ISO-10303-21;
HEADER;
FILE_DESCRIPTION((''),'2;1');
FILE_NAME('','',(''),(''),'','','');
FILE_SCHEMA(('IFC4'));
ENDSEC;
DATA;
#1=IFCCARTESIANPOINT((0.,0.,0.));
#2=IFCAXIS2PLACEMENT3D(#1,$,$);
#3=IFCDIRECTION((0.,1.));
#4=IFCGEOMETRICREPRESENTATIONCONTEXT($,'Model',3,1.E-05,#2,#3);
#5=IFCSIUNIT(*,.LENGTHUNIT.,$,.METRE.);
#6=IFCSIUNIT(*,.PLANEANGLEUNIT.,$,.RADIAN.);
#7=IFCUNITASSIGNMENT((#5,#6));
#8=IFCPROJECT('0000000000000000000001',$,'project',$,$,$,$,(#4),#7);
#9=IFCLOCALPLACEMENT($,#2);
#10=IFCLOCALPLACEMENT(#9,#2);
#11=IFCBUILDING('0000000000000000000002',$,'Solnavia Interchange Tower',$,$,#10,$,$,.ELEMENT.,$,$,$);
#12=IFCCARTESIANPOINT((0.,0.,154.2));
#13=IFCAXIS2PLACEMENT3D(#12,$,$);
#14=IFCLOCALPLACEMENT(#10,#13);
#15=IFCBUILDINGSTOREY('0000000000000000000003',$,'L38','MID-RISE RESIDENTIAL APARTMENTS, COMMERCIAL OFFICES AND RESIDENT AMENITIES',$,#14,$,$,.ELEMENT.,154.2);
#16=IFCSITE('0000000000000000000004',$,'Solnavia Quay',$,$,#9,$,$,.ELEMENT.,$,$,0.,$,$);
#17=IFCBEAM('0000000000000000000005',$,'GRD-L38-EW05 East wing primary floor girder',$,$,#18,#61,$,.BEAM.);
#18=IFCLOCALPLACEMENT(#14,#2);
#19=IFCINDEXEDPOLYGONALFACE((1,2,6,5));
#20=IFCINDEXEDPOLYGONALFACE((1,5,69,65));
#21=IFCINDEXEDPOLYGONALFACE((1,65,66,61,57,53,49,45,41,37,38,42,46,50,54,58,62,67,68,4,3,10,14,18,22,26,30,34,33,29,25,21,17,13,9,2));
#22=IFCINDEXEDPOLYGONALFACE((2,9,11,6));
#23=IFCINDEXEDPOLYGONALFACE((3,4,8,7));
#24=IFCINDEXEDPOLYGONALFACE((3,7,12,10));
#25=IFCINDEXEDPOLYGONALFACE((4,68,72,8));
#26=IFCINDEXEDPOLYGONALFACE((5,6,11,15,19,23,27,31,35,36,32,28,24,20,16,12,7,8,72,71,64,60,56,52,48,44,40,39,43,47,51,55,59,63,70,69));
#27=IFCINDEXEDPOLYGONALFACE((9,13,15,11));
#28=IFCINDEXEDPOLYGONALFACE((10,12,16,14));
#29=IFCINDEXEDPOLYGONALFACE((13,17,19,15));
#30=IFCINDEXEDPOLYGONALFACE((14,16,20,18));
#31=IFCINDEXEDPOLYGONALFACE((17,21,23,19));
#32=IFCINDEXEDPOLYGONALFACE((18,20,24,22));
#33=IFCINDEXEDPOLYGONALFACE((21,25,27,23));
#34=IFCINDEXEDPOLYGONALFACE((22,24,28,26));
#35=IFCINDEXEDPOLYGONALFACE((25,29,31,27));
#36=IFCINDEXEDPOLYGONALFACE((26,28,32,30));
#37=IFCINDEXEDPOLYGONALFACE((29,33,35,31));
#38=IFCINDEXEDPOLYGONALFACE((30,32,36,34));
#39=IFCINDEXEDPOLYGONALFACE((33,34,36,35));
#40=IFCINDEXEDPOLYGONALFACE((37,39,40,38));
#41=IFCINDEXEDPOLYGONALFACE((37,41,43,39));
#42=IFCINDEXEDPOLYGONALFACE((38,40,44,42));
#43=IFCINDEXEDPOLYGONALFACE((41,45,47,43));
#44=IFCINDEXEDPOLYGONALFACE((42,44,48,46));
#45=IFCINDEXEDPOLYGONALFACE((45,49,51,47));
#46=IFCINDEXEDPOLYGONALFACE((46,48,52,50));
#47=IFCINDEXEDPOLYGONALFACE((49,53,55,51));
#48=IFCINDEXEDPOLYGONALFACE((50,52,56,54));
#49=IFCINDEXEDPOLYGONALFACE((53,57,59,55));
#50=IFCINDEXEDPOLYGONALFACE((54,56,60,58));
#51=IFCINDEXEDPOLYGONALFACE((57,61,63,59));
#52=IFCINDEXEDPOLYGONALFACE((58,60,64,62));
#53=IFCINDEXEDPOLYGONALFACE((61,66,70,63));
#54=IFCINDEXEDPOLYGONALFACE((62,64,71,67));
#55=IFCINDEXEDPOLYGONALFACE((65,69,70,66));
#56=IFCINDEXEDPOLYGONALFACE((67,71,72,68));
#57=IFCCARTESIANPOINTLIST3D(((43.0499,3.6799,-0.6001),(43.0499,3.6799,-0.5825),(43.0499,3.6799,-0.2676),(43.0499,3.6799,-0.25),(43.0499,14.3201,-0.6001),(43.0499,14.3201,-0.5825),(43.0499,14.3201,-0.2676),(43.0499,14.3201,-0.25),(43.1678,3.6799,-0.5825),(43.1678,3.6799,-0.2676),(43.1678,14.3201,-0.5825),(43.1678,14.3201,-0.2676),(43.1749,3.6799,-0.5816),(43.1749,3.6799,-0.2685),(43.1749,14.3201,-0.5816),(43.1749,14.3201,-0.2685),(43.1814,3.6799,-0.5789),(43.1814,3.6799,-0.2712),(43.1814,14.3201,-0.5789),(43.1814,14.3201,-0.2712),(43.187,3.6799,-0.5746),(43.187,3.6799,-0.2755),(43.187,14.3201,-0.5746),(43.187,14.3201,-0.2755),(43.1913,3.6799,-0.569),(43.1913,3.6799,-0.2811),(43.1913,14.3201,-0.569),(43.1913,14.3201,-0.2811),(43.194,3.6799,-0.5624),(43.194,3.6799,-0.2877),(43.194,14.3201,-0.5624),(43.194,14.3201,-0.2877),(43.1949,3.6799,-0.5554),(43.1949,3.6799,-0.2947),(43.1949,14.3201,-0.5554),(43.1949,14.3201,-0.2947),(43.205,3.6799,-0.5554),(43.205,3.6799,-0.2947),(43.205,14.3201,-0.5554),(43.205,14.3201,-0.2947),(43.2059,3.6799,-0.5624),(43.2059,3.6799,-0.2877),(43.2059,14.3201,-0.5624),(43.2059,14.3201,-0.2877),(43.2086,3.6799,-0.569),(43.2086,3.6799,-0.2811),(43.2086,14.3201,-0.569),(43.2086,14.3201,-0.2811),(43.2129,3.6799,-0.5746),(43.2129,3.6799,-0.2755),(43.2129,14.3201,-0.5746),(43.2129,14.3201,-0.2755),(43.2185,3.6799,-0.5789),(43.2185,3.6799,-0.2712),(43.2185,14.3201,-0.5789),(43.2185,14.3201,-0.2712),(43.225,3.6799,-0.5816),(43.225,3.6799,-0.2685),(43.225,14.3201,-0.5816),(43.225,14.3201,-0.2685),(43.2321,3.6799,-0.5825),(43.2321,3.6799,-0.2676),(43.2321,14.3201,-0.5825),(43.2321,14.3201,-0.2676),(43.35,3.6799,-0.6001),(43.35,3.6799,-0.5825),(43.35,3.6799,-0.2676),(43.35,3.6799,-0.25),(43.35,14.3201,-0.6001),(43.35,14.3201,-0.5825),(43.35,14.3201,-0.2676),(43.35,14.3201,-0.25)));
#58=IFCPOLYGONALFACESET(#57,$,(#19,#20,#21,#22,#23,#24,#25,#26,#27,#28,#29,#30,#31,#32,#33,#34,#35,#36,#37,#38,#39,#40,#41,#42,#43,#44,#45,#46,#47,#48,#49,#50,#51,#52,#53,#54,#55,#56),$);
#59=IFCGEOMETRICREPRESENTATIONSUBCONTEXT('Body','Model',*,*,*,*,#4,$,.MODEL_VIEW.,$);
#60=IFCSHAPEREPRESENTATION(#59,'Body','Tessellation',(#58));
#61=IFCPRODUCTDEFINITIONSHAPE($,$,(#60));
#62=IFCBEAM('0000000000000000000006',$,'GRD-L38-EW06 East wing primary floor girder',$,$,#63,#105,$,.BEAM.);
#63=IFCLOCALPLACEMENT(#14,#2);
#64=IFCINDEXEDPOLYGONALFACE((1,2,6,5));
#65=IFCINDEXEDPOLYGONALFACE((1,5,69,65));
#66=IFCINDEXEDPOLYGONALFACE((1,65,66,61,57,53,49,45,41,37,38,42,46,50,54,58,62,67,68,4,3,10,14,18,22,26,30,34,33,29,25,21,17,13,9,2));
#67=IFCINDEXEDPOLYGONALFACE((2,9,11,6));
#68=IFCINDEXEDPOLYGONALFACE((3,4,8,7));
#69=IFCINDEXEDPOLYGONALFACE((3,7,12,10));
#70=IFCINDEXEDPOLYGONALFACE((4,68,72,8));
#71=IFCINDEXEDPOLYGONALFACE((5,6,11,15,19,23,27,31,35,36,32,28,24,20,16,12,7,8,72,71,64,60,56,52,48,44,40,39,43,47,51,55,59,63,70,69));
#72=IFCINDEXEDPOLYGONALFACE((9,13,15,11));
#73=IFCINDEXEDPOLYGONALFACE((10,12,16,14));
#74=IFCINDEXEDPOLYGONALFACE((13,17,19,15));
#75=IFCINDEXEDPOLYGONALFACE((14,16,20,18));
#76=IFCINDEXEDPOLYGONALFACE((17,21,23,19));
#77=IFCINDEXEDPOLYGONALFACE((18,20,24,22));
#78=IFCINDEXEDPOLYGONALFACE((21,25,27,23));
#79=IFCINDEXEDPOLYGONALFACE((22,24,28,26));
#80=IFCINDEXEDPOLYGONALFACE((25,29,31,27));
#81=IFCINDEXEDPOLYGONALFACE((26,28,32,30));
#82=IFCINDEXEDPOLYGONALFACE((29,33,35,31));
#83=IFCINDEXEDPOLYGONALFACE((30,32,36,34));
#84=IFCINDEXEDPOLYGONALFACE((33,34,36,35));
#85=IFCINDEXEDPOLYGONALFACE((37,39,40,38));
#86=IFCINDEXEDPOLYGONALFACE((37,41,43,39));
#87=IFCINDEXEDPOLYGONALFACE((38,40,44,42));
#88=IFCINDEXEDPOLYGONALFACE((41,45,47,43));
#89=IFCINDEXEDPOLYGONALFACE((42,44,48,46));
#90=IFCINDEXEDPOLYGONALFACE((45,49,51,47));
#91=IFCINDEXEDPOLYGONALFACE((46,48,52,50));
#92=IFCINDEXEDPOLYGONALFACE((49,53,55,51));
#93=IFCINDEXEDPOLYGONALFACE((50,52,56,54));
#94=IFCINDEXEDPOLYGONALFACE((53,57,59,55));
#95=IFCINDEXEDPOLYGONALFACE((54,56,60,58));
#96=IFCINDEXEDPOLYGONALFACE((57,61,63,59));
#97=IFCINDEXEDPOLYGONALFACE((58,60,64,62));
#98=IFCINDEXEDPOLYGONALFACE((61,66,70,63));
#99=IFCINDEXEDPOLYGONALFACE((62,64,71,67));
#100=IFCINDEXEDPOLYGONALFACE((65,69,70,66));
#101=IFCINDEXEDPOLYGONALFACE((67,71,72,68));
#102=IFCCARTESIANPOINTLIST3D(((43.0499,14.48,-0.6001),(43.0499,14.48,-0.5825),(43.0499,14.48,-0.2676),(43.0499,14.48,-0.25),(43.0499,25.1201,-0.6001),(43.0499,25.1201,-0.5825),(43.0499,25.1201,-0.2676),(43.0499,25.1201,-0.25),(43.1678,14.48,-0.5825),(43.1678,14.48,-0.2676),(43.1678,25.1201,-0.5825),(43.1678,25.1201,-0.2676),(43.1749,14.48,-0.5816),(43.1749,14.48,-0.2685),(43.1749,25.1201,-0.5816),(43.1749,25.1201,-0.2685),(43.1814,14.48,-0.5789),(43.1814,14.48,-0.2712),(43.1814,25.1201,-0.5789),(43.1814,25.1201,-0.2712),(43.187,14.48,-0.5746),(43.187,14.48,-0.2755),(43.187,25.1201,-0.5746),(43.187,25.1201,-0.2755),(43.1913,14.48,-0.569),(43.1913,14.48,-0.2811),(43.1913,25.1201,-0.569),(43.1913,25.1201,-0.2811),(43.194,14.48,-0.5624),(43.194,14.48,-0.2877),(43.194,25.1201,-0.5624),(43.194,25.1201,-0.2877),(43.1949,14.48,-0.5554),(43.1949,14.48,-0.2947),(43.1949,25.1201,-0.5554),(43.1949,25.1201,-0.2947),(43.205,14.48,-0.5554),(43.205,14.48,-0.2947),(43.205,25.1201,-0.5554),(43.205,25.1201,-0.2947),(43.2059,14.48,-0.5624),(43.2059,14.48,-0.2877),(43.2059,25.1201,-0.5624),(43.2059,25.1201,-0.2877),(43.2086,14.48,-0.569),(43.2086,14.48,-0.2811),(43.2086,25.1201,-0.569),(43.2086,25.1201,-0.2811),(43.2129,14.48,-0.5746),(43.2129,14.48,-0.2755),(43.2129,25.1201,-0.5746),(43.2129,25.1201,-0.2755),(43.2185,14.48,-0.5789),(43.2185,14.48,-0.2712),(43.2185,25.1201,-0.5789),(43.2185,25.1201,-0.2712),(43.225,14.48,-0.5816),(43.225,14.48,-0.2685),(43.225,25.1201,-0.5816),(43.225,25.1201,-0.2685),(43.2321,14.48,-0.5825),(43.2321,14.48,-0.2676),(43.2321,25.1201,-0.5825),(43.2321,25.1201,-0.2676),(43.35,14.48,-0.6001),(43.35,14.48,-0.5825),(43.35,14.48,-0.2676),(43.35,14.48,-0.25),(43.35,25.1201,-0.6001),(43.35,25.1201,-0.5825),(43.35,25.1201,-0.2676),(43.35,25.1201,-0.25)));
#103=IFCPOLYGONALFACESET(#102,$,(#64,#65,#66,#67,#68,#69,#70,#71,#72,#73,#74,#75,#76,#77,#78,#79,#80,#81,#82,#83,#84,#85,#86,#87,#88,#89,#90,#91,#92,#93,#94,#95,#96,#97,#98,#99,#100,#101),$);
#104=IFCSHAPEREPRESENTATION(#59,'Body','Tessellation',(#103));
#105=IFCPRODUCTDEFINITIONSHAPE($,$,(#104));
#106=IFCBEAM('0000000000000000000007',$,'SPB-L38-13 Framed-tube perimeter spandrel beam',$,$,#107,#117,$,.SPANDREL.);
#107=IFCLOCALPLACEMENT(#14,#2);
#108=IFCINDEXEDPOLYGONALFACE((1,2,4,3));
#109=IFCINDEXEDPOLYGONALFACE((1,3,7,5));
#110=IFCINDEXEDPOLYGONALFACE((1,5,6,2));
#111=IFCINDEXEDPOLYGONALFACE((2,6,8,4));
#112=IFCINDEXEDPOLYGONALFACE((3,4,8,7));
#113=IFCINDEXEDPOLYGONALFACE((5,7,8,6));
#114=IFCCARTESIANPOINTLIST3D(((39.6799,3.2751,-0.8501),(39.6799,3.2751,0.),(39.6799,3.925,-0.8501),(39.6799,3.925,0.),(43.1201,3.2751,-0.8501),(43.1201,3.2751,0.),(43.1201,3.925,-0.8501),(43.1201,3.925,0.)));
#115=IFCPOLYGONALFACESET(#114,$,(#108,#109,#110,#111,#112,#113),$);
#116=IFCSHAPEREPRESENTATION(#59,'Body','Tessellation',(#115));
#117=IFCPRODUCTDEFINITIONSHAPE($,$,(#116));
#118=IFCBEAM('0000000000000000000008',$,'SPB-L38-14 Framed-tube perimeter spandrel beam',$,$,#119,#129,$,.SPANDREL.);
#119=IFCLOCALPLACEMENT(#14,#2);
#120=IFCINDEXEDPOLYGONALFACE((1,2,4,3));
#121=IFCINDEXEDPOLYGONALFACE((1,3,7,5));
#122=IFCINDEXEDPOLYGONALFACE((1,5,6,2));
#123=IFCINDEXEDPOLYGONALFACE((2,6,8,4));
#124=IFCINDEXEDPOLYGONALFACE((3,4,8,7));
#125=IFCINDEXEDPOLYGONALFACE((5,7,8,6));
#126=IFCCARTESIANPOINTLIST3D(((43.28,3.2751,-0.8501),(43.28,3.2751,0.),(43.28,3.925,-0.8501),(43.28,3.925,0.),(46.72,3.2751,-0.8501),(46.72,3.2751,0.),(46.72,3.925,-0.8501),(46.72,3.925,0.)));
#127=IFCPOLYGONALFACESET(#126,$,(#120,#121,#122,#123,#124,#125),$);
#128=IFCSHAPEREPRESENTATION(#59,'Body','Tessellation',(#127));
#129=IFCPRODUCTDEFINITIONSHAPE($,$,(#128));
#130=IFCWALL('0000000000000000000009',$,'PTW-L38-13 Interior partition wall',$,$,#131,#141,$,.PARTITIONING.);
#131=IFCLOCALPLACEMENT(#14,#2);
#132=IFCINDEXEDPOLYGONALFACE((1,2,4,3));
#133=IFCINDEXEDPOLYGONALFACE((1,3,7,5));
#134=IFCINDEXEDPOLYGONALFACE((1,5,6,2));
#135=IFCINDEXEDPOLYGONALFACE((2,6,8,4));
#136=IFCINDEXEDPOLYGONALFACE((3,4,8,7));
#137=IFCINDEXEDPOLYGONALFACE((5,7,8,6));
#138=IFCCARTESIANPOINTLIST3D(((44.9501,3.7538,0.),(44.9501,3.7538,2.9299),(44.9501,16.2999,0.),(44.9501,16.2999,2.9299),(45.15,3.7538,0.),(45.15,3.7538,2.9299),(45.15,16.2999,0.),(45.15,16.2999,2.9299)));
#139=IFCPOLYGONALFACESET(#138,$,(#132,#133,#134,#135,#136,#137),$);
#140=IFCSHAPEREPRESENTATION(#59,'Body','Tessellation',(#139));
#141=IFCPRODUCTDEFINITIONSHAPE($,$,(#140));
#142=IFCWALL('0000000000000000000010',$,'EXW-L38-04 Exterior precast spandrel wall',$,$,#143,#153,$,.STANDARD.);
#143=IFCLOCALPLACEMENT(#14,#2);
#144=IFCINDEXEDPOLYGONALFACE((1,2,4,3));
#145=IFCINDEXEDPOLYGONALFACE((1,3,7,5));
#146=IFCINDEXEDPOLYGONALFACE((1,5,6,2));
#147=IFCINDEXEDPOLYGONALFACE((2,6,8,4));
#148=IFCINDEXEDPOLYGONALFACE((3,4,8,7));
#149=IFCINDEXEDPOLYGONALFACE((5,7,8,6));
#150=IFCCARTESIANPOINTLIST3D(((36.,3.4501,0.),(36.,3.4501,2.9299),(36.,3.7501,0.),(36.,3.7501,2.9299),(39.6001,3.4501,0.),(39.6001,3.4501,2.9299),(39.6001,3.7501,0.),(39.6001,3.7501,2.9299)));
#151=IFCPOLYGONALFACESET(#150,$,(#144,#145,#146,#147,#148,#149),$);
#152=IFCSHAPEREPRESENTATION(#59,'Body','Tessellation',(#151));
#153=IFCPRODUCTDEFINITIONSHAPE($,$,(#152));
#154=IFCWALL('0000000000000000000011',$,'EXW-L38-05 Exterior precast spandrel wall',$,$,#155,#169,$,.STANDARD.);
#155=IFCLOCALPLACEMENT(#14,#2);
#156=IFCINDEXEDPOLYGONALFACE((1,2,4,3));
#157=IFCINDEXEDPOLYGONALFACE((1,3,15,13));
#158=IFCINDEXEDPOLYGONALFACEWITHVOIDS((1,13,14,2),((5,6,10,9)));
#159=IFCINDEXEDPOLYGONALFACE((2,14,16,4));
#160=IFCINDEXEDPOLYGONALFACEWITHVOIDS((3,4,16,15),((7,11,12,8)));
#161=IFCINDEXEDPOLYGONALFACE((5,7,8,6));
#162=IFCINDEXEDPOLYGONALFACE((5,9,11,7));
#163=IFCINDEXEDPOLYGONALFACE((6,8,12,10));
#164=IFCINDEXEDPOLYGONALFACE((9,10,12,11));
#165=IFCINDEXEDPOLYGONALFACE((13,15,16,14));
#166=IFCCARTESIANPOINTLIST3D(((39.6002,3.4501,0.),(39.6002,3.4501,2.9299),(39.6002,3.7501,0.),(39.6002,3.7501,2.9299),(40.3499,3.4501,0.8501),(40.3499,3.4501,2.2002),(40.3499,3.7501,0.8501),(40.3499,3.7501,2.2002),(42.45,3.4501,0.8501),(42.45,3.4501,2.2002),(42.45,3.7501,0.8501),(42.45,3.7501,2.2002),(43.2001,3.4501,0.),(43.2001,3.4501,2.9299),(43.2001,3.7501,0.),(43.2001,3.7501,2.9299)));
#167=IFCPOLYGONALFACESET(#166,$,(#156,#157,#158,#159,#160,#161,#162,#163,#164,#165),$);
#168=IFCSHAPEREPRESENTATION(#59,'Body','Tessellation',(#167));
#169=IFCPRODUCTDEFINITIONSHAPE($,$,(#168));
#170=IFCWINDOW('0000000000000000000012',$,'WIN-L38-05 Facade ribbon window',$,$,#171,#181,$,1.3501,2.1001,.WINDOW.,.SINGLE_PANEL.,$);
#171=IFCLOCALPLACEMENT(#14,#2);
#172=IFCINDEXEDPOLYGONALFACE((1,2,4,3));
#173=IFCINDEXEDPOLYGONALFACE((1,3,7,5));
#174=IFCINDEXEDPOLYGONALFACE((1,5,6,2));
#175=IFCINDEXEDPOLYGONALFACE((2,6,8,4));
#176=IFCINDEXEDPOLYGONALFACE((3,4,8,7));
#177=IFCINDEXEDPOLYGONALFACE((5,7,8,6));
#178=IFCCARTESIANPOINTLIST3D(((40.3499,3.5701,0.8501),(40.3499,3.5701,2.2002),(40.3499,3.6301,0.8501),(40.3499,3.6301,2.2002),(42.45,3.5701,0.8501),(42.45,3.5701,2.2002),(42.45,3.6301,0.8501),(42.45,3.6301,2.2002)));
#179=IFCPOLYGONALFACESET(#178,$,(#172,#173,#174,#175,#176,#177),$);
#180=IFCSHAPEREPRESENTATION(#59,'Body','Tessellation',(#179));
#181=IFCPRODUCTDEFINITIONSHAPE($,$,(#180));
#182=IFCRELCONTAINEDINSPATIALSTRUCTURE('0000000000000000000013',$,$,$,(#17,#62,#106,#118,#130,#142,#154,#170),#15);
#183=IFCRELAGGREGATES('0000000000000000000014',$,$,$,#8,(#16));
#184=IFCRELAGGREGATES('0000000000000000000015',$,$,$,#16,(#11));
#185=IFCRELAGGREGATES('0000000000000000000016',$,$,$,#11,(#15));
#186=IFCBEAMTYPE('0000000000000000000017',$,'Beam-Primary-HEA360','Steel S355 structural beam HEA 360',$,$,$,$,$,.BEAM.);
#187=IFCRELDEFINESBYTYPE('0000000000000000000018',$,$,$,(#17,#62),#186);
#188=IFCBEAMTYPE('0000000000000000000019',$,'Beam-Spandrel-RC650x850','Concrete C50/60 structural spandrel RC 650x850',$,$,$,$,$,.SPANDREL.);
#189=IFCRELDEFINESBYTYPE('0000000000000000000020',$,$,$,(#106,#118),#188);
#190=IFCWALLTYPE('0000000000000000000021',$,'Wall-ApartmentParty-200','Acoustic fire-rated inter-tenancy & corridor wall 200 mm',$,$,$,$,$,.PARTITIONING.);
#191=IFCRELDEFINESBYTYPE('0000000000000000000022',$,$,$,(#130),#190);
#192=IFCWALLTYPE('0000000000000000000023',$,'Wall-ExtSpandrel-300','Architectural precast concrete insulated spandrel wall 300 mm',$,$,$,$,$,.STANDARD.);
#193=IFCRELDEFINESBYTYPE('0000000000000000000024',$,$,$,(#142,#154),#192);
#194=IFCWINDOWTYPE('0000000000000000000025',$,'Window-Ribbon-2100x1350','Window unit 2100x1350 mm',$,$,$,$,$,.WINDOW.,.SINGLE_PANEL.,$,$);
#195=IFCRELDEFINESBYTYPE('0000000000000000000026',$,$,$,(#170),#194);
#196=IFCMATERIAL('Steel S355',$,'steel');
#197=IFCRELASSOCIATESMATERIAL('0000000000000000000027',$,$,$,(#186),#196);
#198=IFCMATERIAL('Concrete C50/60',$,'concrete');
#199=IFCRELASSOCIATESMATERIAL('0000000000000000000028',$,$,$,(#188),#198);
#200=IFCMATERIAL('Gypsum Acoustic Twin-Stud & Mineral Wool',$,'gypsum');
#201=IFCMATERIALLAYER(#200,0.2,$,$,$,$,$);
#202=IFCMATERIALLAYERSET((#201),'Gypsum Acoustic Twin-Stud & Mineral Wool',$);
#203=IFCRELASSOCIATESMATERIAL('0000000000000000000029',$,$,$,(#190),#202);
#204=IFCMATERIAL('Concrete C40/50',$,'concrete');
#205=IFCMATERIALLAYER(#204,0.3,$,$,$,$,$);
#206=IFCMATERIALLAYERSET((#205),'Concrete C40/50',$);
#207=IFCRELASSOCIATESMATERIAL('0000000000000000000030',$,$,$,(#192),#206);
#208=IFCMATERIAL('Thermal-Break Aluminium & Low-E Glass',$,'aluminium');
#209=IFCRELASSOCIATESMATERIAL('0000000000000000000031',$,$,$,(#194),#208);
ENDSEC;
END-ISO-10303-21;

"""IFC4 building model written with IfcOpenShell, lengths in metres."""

from ifc_helpers import new_model, si_unit, direction, frame, frame_2d, origin, origin_2d, place, context, subcontext, project, spatial, rectangle, i_section, extrude, material, layer, layer_set, material_profile, profile_set, type_object, element, fill, save


model = new_model("IFC4")

# Units and contexts
model_context = context("Model", 3, precision=1e-05, world=origin(), true_north=direction((0.0, 1.0)))
body_context = subcontext(model_context, "Body", "Model", "MODEL_VIEW")
ifc_project = project(units=[si_unit("LENGTHUNIT", "METRE"), si_unit("PLANEANGLEUNIT", "RADIAN")], contexts=[model_context])

# Site, building, storey
site_placement = place(None, origin())
site = spatial("IfcSite", under=ifc_project, at=site_placement, Name="Solnavia Quay", CompositionType="ELEMENT", RefElevation=0.0)
building_placement = place(site_placement, origin())
building = spatial("IfcBuilding", under=site, at=building_placement, Name="Solnavia Interchange Tower", CompositionType="ELEMENT")
storey_placement = place(building_placement, frame((0.0, 0.0, 154.2)))
storey = spatial("IfcBuildingStorey", under=building, at=storey_placement, Name="L38", Description="MID-RISE RESIDENTIAL APARTMENTS, COMMERCIAL OFFICES AND RESIDENT AMENITIES", CompositionType="ELEMENT", Elevation=154.2)

# Shared definitions
ifc_material_1 = material(Name="Concrete C50/60", Category="concrete")
ifc_material_2 = material(Name="Steel S355", Category="steel")

# Beams
ifc_material_profile_1 = material_profile(ifc_material_2, i_section(OverallWidth=0.3, OverallDepth=0.3501, WebThickness=0.01, FlangeThickness=0.0176, FilletRadius=0.0271, at=origin_2d()), Name="HEA 360")
ifc_profile_set_1 = profile_set([ifc_material_profile_1], Name="Steel S355")
beam_type_1 = type_object("IfcBeamType", Name="Beam-Primary-HEA360", Description="Steel S355 structural beam HEA 360", PredefinedType="BEAM", material=ifc_profile_set_1)
for number, where, z_axis, x_axis, name in (
    (1, (43.2, 3.6799, -0.425), (0.0, 1.0, 0.0), (-1.0, 0.0, 0.0), "GRD-L38-EW05 East wing primary floor girder"),
    (2, (43.2, 14.48, -0.425), (0.0, 1.0, 0.0), (-1.0, 0.0, 0.0), "GRD-L38-EW06 East wing primary floor girder"),
):
    element("IfcBeam", number, at=place(storey_placement, frame(where, z_axis=z_axis, x_axis=x_axis)), inside=storey, type_object=beam_type_1, Name=name, PredefinedType="BEAM", context=body_context, shape_type="SweptSolid", body=[
        extrude(i_section(OverallWidth=0.3, OverallDepth=0.3501, WebThickness=0.01, FlangeThickness=0.0176, FilletRadius=0.0271, at=origin_2d()), origin(), (0.0, 0.0, 1.0), 10.6401),
    ])
ifc_material_profile_2 = material_profile(ifc_material_1, rectangle(XDim=0.6499, YDim=0.8501, at=origin_2d()), Name="RC 650x850")
ifc_profile_set_2 = profile_set([ifc_material_profile_2], Name="Concrete C50/60")
beam_type_2 = type_object("IfcBeamType", Name="Beam-Spandrel-RC650x850", Description="Concrete C50/60 structural spandrel RC 650x850", PredefinedType="SPANDREL", material=ifc_profile_set_2)
beam_1_placement = place(storey_placement, frame((39.6799, 3.6001, -0.425), z_axis=(1.0, 0.0, 0.0), x_axis=(0.0, 1.0, 0.0)))
element("IfcBeam", 3, at=beam_1_placement, inside=storey, type_object=beam_type_2, Name="SPB-L38-13 Framed-tube perimeter spandrel beam", PredefinedType="SPANDREL", context=body_context, shape_type="SweptSolid", body=[
    extrude(rectangle(XDim=0.6499, YDim=0.8501, at=origin_2d()), origin(), (0.0, 0.0, 1.0), 3.4402),
])
beam_2_placement = place(storey_placement, frame((43.28, 3.6001, -0.425), z_axis=(1.0, 0.0, 0.0), x_axis=(0.0, 1.0, 0.0)))
element("IfcBeam", 4, at=beam_2_placement, inside=storey, type_object=beam_type_2, Name="SPB-L38-14 Framed-tube perimeter spandrel beam", PredefinedType="SPANDREL", context=body_context, shape_type="SweptSolid", body=[
    extrude(rectangle(XDim=0.6499, YDim=0.8501, at=origin_2d()), origin(), (0.0, 0.0, 1.0), 3.4399),
])

# Walls
ifc_material_3 = material(Name="Gypsum Acoustic Twin-Stud & Mineral Wool", Category="gypsum")
ifc_layer_1 = layer(ifc_material_3, 0.2)
ifc_layer_set_1 = layer_set([ifc_layer_1], Name="Gypsum Acoustic Twin-Stud & Mineral Wool")
wall_type_1 = type_object("IfcWallType", Name="Wall-ApartmentParty-200", Description="Acoustic fire-rated inter-tenancy & corridor wall 200 mm", PredefinedType="PARTITIONING", material=ifc_layer_set_1)
wall_1_placement = place(storey_placement, frame((45.05, 3.7539, 0.0), z_axis=(0.0, 0.0, 1.0), x_axis=(0.0, 1.0, 0.0)))
element("IfcWall", 5, at=wall_1_placement, inside=storey, type_object=wall_type_1, Name="PTW-L38-13 Interior partition wall", PredefinedType="PARTITIONING", context=body_context, shape_type="SweptSolid", body=[
    extrude(rectangle(XDim=12.5461, YDim=0.2, at=frame_2d((6.2729, 0.0))), origin(), (0.0, 0.0, 1.0), 2.9299),
])
ifc_material_4 = material(Name="Concrete C40/50", Category="concrete")
ifc_layer_2 = layer(ifc_material_4, 0.3)
ifc_layer_set_2 = layer_set([ifc_layer_2], Name="Concrete C40/50")
wall_type_2 = type_object("IfcWallType", Name="Wall-ExtSpandrel-300", Description="Architectural precast concrete insulated spandrel wall 300 mm", PredefinedType="STANDARD", material=ifc_layer_set_2)
wall_2_placement = place(storey_placement, frame((39.6001, 3.6001, 0.0), z_axis=(0.0, 0.0, 1.0), x_axis=(-1.0, 0.0, 0.0)))
element("IfcWall", 6, at=wall_2_placement, inside=storey, type_object=wall_type_2, Name="EXW-L38-04 Exterior precast spandrel wall", PredefinedType="STANDARD", context=body_context, shape_type="SweptSolid", body=[
    extrude(rectangle(XDim=3.6001, YDim=0.3, at=frame_2d((1.8, 0.0))), origin(), (0.0, 0.0, 1.0), 2.9299),
])

# Wall, opening, window
wall_3_placement = place(storey_placement, frame((43.2, 3.6001, 0.0), z_axis=(0.0, 0.0, 1.0), x_axis=(-1.0, 0.0, 0.0)))
wall_3 = element("IfcWall", 7, at=wall_3_placement, inside=storey, type_object=wall_type_2, Name="EXW-L38-05 Exterior precast spandrel wall", PredefinedType="STANDARD", context=body_context, shape_type="SweptSolid", body=[
    extrude(rectangle(XDim=3.5999, YDim=0.3, at=frame_2d((1.7998, 0.0))), origin(), (0.0, 0.0, 1.0), 2.9299),
])
opening_1_placement = place(wall_3_placement, frame((0.75, 0.0, 0.8501)))
opening_1 = element("IfcOpeningElement", 8, at=opening_1_placement, cuts=wall_3, PredefinedType="OPENING", context=body_context, shape_type="SweptSolid", body=[
    extrude(rectangle(XDim=2.1001, YDim=1.3501, at=frame_2d((1.05, 0.675))), frame((0.0, 0.1602, 0.0), z_axis=(0.0, -1.0, 0.0), x_axis=(1.0, 0.0, 0.0)), (0.0, 0.0, 1.0), 0.3201),
])
ifc_material_5 = material(Name="Thermal-Break Aluminium & Low-E Glass", Category="aluminium")
window_type = type_object("IfcWindowType", Name="Window-Ribbon-2100x1350", Description="Window unit 2100x1350 mm", PartitioningType="SINGLE_PANEL", PredefinedType="WINDOW", material=ifc_material_5)
window_placement = place(opening_1_placement, origin())
window = element("IfcWindow", 9, at=window_placement, inside=storey, type_object=window_type, Name="WIN-L38-05 Facade ribbon window", OverallHeight=1.3501, OverallWidth=2.1001, PartitioningType="SINGLE_PANEL", PredefinedType="WINDOW", context=body_context, shape_type="SweptSolid", body=[
    extrude(rectangle(XDim=2.1001, YDim=1.3501, at=frame_2d((1.05, 0.675))), frame((0.0, 0.03, 0.0), z_axis=(0.0, -1.0, 0.0), x_axis=(1.0, 0.0, 0.0)), (0.0, 0.0, 1.0), 0.0601),
])
fill(opening_1, window)

save(model, "model.ifc")
